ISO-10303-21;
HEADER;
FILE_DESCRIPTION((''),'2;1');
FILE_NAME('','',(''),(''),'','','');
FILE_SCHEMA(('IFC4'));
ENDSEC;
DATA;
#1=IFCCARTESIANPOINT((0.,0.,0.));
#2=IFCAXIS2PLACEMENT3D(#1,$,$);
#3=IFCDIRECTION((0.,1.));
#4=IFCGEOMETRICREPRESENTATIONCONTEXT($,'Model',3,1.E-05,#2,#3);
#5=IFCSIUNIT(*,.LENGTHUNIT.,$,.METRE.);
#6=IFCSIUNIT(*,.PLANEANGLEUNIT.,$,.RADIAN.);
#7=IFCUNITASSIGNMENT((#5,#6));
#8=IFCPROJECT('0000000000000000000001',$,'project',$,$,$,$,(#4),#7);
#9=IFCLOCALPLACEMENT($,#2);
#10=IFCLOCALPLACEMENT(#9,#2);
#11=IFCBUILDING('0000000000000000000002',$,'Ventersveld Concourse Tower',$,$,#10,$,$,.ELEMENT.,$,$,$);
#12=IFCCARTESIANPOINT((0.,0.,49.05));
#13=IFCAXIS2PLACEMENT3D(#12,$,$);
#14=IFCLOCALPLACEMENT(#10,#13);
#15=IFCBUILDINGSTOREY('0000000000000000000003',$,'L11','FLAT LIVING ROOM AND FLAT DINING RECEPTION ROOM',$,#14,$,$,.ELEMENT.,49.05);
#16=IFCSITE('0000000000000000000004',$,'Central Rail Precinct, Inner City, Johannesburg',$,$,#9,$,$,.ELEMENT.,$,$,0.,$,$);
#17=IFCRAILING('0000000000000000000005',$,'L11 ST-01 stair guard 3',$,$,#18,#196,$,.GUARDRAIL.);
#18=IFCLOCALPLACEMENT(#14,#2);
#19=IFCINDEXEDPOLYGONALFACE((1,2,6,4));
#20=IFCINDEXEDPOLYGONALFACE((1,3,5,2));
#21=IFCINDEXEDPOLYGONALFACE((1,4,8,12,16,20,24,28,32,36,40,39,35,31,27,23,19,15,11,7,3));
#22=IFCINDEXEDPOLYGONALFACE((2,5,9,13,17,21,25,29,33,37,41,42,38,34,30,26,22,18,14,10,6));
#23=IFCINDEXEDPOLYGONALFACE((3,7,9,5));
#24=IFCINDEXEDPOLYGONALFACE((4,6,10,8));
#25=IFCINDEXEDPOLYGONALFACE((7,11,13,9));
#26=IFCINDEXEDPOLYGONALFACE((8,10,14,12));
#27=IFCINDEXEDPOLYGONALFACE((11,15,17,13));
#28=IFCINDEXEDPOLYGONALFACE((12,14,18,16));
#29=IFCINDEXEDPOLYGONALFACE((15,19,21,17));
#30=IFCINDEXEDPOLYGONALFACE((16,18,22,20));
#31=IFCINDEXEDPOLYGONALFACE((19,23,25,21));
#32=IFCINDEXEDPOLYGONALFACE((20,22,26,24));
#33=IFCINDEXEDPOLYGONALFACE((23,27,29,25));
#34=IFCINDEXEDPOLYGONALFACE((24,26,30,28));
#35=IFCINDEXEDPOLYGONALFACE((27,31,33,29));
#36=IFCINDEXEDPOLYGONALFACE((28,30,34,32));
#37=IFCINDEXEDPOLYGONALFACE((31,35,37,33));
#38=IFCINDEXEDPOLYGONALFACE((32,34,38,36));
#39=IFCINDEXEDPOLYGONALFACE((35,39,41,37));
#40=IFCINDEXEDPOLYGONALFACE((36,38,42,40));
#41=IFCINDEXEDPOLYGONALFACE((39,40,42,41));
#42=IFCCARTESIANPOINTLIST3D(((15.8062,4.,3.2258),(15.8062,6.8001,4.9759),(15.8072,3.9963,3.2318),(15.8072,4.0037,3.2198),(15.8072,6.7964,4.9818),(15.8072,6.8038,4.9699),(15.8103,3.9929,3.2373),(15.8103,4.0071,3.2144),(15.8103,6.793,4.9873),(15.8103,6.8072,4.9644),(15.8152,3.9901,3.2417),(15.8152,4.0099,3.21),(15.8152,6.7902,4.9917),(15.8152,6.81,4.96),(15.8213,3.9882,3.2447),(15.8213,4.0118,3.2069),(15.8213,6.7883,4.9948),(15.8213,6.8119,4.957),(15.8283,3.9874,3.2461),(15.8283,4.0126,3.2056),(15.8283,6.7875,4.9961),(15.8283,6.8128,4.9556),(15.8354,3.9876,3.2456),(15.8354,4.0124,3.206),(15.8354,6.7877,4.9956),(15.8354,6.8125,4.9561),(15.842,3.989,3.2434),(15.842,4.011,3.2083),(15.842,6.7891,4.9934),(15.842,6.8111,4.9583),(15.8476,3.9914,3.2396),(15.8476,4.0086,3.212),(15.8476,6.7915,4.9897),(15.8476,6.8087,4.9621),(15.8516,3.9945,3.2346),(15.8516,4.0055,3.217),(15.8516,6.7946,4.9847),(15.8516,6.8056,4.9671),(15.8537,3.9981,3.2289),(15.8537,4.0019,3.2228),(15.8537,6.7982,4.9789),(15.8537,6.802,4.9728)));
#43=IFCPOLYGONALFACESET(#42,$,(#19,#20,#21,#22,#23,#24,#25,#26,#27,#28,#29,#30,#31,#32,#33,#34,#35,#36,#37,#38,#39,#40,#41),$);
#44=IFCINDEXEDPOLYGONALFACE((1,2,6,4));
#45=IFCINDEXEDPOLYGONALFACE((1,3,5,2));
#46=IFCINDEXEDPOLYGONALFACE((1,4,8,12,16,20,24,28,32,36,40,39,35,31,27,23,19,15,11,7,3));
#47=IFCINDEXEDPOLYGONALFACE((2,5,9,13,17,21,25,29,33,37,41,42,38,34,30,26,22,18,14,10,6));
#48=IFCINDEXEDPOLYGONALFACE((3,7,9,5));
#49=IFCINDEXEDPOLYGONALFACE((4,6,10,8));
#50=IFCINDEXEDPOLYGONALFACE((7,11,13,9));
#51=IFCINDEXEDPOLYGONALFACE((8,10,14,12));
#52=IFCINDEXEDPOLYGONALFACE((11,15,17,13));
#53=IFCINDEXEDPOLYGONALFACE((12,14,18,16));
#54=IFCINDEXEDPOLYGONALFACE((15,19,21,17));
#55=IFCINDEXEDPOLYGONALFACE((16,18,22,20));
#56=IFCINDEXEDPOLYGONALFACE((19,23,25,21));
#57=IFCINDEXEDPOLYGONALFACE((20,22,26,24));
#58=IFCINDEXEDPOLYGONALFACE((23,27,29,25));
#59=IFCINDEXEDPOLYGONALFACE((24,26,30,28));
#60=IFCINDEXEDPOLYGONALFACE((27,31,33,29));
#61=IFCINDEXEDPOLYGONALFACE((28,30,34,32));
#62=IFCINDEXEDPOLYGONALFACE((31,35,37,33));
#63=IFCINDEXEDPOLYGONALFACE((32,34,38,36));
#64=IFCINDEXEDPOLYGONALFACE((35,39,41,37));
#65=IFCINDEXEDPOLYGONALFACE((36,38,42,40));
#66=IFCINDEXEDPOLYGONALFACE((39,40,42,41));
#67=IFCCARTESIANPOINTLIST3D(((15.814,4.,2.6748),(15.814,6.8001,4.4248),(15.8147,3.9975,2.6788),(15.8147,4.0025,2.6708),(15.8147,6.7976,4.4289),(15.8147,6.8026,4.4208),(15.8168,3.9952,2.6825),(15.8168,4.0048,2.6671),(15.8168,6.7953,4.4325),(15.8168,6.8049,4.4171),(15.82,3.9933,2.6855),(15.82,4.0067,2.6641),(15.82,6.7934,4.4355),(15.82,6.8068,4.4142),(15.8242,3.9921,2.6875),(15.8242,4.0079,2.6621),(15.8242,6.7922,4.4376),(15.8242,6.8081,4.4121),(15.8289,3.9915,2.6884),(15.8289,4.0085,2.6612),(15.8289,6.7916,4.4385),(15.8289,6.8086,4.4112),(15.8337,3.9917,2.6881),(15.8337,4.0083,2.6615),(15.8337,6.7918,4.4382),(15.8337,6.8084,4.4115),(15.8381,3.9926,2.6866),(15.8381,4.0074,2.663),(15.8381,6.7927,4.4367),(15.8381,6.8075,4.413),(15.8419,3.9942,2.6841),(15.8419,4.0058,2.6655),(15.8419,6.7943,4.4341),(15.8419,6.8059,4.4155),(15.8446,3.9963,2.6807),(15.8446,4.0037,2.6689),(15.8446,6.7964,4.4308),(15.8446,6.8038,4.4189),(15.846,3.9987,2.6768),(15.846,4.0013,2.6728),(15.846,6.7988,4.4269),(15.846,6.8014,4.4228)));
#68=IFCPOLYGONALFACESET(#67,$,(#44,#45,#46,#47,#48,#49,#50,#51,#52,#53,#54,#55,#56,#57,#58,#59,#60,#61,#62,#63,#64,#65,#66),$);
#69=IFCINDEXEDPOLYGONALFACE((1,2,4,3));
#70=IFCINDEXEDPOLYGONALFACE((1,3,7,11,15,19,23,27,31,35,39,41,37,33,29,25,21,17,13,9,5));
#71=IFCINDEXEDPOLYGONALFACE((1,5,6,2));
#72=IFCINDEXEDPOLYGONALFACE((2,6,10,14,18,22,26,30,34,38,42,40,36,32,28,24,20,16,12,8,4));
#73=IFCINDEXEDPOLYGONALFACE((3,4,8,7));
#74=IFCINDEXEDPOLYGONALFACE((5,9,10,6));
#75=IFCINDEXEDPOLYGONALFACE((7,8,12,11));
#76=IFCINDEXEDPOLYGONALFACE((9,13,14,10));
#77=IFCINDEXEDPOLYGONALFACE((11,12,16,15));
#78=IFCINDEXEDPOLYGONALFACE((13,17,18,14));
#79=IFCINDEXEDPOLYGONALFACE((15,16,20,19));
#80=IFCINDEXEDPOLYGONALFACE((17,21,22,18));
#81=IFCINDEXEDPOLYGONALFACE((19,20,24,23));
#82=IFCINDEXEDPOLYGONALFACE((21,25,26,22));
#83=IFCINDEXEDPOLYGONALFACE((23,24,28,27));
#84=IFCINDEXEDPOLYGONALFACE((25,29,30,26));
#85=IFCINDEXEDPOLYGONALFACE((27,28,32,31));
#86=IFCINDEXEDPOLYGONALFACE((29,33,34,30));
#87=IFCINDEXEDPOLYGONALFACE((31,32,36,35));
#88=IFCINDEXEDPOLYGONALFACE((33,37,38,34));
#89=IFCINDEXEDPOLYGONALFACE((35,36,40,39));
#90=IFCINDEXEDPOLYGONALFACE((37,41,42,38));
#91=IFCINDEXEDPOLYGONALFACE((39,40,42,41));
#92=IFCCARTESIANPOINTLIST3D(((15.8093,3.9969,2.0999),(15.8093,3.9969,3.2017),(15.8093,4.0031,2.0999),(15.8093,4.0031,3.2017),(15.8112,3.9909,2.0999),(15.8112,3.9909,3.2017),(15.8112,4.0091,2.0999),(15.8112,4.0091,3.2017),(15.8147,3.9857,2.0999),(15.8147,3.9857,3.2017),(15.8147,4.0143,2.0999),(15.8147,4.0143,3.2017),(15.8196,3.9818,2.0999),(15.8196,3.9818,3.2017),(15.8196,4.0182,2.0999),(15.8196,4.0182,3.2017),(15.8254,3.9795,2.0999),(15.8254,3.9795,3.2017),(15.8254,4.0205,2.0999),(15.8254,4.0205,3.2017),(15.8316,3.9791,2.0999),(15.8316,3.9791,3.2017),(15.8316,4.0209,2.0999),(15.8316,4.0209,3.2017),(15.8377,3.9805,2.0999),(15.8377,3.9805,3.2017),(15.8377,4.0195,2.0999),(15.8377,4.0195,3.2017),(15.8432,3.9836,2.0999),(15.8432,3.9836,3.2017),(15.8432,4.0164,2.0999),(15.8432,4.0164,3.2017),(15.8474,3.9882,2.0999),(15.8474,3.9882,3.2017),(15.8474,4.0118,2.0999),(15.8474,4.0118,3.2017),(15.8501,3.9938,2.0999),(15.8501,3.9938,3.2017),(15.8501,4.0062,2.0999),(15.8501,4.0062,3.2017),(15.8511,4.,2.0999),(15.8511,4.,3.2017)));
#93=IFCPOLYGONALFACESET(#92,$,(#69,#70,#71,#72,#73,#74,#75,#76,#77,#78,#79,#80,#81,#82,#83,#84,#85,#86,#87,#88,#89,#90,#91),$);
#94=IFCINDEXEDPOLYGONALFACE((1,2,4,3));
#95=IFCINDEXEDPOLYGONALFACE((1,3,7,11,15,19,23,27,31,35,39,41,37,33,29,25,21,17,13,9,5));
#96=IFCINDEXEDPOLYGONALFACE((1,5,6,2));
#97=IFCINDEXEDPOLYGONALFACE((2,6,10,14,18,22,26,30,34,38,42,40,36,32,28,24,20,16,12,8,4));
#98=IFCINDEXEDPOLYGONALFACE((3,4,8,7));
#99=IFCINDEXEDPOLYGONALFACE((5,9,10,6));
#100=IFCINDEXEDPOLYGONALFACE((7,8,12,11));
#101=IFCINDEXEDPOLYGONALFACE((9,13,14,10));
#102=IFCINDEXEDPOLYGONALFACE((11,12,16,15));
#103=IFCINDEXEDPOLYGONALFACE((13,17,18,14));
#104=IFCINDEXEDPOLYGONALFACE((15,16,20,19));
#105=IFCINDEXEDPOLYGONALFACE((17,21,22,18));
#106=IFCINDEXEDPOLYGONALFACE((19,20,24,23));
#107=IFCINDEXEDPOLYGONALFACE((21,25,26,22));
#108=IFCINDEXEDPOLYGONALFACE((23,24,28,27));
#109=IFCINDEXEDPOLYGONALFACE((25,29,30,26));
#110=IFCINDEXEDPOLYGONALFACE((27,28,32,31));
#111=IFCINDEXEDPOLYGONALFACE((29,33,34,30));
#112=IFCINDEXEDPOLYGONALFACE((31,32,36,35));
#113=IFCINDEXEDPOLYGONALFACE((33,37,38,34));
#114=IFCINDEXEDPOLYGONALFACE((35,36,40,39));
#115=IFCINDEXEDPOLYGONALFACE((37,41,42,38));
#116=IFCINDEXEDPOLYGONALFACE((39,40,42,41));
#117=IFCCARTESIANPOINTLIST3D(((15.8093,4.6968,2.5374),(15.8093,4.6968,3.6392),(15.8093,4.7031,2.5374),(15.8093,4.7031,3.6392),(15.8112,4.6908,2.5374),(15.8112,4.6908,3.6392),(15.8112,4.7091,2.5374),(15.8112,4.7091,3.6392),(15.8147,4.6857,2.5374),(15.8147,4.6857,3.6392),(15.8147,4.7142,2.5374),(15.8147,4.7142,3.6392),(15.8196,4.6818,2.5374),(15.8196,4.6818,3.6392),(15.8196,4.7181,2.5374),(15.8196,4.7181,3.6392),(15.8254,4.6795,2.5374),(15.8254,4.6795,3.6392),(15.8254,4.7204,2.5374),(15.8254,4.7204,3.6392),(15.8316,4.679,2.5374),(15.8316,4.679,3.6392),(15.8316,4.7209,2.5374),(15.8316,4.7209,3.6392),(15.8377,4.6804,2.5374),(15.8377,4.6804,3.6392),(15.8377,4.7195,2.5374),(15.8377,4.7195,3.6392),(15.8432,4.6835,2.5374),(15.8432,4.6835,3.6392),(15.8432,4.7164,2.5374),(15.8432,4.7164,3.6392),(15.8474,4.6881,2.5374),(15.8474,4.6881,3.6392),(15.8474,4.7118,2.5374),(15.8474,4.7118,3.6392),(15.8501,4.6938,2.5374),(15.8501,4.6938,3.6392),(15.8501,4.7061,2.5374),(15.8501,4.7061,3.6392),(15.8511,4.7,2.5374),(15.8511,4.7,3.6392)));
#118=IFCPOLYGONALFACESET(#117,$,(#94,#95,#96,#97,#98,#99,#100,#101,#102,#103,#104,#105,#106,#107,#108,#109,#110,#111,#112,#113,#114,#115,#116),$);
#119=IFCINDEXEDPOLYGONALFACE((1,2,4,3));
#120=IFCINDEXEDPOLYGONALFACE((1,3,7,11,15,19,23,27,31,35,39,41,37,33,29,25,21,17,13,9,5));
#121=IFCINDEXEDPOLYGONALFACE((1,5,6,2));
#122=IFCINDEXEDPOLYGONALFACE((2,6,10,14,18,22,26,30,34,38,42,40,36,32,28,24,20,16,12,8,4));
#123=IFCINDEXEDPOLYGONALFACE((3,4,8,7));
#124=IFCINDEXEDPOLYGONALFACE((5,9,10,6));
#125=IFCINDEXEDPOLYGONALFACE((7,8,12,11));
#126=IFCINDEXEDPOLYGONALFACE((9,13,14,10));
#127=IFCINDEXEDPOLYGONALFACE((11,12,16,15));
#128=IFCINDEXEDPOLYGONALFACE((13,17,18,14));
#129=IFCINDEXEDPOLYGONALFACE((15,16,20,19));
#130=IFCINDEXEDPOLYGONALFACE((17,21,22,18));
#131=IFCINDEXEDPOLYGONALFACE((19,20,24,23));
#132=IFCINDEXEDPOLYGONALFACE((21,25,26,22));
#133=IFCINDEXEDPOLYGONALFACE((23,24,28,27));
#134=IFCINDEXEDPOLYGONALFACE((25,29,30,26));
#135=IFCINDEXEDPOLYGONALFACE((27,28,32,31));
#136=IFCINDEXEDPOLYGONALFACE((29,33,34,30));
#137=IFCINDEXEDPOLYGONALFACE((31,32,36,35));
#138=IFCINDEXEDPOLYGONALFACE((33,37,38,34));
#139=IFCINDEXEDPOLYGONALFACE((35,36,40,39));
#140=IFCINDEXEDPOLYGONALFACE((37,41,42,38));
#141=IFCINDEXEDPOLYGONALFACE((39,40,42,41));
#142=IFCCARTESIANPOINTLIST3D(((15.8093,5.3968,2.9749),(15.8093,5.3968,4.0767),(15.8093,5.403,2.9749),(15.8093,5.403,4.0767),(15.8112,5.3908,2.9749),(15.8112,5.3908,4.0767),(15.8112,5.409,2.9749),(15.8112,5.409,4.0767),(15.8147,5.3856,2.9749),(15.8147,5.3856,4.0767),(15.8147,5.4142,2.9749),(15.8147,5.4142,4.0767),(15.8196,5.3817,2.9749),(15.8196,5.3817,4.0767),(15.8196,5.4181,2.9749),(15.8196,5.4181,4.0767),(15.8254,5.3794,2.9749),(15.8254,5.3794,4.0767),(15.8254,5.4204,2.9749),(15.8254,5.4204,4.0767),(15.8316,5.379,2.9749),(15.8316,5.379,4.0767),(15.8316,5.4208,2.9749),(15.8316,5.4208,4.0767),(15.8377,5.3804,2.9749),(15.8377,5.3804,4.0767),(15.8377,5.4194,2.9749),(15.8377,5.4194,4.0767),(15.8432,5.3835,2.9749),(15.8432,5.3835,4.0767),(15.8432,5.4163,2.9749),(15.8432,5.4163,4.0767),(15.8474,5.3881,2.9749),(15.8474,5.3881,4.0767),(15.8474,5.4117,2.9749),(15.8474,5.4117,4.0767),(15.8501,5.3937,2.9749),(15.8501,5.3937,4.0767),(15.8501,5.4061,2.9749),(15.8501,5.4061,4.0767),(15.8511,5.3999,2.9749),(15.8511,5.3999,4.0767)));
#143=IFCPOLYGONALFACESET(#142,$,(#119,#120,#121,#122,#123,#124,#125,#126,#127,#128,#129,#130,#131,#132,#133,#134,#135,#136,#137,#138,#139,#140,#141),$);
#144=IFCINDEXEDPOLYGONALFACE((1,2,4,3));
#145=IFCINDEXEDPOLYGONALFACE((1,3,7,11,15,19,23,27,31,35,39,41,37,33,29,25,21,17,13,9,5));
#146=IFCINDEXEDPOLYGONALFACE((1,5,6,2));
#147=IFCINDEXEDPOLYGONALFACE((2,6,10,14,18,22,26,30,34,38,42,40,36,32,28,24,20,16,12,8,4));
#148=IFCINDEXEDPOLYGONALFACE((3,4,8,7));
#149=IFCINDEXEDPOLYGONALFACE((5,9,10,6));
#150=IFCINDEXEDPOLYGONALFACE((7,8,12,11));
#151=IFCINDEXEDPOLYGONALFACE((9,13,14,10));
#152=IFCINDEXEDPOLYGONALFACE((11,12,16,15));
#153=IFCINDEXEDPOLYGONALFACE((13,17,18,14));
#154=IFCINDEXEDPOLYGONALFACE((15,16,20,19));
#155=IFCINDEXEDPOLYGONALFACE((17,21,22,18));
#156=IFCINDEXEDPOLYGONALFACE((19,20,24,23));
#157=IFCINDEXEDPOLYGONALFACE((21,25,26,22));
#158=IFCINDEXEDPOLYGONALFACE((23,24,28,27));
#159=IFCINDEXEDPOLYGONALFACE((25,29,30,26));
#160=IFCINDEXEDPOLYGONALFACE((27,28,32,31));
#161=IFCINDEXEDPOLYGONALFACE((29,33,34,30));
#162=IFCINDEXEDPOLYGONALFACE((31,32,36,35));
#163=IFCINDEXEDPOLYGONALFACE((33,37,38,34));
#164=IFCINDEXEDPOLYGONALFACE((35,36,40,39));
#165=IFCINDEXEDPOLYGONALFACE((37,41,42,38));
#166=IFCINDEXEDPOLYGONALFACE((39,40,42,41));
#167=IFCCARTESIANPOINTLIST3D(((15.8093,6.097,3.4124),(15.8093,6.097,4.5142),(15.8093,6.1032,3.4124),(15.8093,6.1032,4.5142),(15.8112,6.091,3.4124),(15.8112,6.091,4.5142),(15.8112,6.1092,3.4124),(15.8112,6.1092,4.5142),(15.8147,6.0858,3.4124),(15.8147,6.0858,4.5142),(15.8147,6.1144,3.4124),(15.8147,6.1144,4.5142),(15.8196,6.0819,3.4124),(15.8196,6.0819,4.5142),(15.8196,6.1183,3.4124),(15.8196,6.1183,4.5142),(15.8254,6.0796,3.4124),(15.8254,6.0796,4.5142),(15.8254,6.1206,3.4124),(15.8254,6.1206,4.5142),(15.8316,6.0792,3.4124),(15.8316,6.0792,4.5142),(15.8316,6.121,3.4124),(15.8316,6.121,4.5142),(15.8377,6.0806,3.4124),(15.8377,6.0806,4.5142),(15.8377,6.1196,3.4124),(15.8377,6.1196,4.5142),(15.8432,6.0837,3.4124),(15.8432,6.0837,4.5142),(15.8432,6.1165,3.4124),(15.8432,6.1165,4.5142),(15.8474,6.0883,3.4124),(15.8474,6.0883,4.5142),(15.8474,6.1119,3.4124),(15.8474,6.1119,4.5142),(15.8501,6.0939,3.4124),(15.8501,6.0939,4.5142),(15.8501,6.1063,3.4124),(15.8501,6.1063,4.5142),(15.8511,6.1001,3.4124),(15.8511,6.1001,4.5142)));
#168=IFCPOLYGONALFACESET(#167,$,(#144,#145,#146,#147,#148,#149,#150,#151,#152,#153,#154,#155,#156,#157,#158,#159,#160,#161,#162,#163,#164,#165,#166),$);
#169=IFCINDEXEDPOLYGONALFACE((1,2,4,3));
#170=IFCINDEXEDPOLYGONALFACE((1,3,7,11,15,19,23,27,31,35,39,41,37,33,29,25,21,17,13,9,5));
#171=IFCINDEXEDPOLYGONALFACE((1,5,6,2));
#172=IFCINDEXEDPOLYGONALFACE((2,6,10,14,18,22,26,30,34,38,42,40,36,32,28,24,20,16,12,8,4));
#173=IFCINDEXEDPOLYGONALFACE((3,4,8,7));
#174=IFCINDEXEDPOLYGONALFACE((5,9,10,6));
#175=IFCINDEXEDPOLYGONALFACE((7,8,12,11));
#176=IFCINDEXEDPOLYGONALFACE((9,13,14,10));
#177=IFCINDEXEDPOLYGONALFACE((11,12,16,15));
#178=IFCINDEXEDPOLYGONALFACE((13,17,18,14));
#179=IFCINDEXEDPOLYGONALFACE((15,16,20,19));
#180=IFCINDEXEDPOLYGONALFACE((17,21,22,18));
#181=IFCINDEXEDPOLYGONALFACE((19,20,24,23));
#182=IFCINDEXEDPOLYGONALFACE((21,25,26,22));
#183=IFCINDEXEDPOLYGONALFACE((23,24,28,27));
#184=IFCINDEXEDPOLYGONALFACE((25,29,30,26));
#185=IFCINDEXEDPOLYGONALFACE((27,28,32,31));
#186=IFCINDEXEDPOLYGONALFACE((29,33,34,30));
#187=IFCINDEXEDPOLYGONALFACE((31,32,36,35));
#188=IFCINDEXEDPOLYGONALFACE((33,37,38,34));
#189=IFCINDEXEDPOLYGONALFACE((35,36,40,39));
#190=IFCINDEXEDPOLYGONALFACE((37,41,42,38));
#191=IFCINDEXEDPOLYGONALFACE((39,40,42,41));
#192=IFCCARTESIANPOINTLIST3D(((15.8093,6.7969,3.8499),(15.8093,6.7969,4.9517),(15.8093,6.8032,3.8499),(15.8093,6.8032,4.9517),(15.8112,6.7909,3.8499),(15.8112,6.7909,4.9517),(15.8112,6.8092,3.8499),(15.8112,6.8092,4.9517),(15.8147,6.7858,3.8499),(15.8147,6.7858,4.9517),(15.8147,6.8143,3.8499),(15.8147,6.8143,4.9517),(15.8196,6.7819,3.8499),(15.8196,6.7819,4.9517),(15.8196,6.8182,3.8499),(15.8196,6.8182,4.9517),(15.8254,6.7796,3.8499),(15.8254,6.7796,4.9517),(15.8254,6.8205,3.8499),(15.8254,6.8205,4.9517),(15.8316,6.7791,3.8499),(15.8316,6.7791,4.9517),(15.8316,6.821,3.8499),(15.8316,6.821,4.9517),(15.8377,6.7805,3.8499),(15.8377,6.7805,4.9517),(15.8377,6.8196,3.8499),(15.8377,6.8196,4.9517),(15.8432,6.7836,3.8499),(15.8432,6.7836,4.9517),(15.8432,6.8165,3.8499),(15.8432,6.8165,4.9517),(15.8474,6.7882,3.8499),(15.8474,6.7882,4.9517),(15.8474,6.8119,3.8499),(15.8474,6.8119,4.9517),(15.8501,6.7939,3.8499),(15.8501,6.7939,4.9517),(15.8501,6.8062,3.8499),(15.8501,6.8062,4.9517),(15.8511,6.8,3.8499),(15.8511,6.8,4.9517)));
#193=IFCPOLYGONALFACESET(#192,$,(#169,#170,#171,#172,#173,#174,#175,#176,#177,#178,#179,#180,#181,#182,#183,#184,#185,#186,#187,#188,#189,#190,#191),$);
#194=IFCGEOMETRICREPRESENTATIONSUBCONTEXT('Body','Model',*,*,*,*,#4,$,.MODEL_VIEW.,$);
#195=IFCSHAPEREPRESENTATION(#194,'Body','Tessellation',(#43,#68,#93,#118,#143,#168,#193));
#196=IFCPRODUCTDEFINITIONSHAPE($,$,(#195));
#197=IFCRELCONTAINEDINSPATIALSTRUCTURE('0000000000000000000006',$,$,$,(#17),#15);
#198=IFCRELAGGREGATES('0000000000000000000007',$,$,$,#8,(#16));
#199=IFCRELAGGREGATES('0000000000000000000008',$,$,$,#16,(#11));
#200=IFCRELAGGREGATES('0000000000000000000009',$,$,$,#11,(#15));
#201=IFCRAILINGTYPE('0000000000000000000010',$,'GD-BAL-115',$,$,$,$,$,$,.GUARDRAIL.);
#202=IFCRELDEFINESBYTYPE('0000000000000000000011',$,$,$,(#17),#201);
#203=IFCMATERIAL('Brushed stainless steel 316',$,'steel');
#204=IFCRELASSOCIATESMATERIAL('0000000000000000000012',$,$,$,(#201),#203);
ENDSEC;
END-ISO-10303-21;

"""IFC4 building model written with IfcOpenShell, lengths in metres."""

from ifc_helpers import new_model, si_unit, direction, frame, origin, origin_2d, place, context, subcontext, project, spatial, circle, extrude, material, type_object, element, save


model = new_model("IFC4")

# Units and contexts
model_context = context("Model", 3, precision=1e-05, world=origin(), true_north=direction((0.0, 1.0)))
body_context = subcontext(model_context, "Body", "Model", "MODEL_VIEW")
ifc_project = project(units=[si_unit("LENGTHUNIT", "METRE"), si_unit("PLANEANGLEUNIT", "RADIAN")], contexts=[model_context])

# Site, building, storey
site_placement = place(None, origin())
site = spatial("IfcSite", under=ifc_project, at=site_placement, Name="Central Rail Precinct, Inner City, Johannesburg", CompositionType="ELEMENT", RefElevation=0.0)
building_placement = place(site_placement, origin())
building = spatial("IfcBuilding", under=site, at=building_placement, Name="Ventersveld Concourse Tower", CompositionType="ELEMENT")
storey_placement = place(building_placement, frame((0.0, 0.0, 49.05)))
storey = spatial("IfcBuildingStorey", under=building, at=storey_placement, Name="L11", Description="FLAT LIVING ROOM AND FLAT DINING RECEPTION ROOM", CompositionType="ELEMENT", Elevation=49.05)

# Shared definitions
ifc_material_1 = material(Name="Brushed stainless steel 316", Category="steel")

# Railing
railing_type_1 = type_object("IfcRailingType", Name="GD-BAL-115", PredefinedType="GUARDRAIL", material=ifc_material_1)
railing_1_placement = place(storey_placement, frame((15.8301, 4.0, 2.0999)))
element("IfcRailing", 1, at=railing_1_placement, inside=storey, type_object=railing_type_1, Name="L11 ST-01 stair guard 3", PredefinedType="GUARDRAIL", context=body_context, shape_type="SweptSolid", body=[
    extrude(circle(Radius=0.0239, at=origin_2d()), frame((0.0, 0.0, 1.126), z_axis=(0.0, 0.848002, 0.529992), x_axis=(-1.0, 0.0, 0.0)), (0.0, 0.0, 1.0), 3.302),
    extrude(circle(Radius=0.0161, at=origin_2d()), frame((0.0, 0.0, 0.575), z_axis=(0.0, 0.848002, 0.529992), x_axis=(-1.0, 0.0, 0.0)), (0.0, 0.0, 1.0), 3.302),
    extrude(circle(Radius=0.021, at=origin_2d()), origin(), (0.0, 0.0, 1.0), 1.1018),
    extrude(circle(Radius=0.021, at=origin_2d()), frame((0.0, 0.7, 0.4375)), (0.0, 0.0, 1.0), 1.1018),
    extrude(circle(Radius=0.021, at=origin_2d()), frame((0.0, 1.3999, 0.875)), (0.0, 0.0, 1.0), 1.1018),
    extrude(circle(Radius=0.021, at=origin_2d()), frame((0.0, 2.1001, 1.3125)), (0.0, 0.0, 1.0), 1.1018),
    extrude(circle(Radius=0.021, at=origin_2d()), frame((0.0, 2.8, 1.75)), (0.0, 0.0, 1.0), 1.1018),
])

save(model, "model.ifc")
